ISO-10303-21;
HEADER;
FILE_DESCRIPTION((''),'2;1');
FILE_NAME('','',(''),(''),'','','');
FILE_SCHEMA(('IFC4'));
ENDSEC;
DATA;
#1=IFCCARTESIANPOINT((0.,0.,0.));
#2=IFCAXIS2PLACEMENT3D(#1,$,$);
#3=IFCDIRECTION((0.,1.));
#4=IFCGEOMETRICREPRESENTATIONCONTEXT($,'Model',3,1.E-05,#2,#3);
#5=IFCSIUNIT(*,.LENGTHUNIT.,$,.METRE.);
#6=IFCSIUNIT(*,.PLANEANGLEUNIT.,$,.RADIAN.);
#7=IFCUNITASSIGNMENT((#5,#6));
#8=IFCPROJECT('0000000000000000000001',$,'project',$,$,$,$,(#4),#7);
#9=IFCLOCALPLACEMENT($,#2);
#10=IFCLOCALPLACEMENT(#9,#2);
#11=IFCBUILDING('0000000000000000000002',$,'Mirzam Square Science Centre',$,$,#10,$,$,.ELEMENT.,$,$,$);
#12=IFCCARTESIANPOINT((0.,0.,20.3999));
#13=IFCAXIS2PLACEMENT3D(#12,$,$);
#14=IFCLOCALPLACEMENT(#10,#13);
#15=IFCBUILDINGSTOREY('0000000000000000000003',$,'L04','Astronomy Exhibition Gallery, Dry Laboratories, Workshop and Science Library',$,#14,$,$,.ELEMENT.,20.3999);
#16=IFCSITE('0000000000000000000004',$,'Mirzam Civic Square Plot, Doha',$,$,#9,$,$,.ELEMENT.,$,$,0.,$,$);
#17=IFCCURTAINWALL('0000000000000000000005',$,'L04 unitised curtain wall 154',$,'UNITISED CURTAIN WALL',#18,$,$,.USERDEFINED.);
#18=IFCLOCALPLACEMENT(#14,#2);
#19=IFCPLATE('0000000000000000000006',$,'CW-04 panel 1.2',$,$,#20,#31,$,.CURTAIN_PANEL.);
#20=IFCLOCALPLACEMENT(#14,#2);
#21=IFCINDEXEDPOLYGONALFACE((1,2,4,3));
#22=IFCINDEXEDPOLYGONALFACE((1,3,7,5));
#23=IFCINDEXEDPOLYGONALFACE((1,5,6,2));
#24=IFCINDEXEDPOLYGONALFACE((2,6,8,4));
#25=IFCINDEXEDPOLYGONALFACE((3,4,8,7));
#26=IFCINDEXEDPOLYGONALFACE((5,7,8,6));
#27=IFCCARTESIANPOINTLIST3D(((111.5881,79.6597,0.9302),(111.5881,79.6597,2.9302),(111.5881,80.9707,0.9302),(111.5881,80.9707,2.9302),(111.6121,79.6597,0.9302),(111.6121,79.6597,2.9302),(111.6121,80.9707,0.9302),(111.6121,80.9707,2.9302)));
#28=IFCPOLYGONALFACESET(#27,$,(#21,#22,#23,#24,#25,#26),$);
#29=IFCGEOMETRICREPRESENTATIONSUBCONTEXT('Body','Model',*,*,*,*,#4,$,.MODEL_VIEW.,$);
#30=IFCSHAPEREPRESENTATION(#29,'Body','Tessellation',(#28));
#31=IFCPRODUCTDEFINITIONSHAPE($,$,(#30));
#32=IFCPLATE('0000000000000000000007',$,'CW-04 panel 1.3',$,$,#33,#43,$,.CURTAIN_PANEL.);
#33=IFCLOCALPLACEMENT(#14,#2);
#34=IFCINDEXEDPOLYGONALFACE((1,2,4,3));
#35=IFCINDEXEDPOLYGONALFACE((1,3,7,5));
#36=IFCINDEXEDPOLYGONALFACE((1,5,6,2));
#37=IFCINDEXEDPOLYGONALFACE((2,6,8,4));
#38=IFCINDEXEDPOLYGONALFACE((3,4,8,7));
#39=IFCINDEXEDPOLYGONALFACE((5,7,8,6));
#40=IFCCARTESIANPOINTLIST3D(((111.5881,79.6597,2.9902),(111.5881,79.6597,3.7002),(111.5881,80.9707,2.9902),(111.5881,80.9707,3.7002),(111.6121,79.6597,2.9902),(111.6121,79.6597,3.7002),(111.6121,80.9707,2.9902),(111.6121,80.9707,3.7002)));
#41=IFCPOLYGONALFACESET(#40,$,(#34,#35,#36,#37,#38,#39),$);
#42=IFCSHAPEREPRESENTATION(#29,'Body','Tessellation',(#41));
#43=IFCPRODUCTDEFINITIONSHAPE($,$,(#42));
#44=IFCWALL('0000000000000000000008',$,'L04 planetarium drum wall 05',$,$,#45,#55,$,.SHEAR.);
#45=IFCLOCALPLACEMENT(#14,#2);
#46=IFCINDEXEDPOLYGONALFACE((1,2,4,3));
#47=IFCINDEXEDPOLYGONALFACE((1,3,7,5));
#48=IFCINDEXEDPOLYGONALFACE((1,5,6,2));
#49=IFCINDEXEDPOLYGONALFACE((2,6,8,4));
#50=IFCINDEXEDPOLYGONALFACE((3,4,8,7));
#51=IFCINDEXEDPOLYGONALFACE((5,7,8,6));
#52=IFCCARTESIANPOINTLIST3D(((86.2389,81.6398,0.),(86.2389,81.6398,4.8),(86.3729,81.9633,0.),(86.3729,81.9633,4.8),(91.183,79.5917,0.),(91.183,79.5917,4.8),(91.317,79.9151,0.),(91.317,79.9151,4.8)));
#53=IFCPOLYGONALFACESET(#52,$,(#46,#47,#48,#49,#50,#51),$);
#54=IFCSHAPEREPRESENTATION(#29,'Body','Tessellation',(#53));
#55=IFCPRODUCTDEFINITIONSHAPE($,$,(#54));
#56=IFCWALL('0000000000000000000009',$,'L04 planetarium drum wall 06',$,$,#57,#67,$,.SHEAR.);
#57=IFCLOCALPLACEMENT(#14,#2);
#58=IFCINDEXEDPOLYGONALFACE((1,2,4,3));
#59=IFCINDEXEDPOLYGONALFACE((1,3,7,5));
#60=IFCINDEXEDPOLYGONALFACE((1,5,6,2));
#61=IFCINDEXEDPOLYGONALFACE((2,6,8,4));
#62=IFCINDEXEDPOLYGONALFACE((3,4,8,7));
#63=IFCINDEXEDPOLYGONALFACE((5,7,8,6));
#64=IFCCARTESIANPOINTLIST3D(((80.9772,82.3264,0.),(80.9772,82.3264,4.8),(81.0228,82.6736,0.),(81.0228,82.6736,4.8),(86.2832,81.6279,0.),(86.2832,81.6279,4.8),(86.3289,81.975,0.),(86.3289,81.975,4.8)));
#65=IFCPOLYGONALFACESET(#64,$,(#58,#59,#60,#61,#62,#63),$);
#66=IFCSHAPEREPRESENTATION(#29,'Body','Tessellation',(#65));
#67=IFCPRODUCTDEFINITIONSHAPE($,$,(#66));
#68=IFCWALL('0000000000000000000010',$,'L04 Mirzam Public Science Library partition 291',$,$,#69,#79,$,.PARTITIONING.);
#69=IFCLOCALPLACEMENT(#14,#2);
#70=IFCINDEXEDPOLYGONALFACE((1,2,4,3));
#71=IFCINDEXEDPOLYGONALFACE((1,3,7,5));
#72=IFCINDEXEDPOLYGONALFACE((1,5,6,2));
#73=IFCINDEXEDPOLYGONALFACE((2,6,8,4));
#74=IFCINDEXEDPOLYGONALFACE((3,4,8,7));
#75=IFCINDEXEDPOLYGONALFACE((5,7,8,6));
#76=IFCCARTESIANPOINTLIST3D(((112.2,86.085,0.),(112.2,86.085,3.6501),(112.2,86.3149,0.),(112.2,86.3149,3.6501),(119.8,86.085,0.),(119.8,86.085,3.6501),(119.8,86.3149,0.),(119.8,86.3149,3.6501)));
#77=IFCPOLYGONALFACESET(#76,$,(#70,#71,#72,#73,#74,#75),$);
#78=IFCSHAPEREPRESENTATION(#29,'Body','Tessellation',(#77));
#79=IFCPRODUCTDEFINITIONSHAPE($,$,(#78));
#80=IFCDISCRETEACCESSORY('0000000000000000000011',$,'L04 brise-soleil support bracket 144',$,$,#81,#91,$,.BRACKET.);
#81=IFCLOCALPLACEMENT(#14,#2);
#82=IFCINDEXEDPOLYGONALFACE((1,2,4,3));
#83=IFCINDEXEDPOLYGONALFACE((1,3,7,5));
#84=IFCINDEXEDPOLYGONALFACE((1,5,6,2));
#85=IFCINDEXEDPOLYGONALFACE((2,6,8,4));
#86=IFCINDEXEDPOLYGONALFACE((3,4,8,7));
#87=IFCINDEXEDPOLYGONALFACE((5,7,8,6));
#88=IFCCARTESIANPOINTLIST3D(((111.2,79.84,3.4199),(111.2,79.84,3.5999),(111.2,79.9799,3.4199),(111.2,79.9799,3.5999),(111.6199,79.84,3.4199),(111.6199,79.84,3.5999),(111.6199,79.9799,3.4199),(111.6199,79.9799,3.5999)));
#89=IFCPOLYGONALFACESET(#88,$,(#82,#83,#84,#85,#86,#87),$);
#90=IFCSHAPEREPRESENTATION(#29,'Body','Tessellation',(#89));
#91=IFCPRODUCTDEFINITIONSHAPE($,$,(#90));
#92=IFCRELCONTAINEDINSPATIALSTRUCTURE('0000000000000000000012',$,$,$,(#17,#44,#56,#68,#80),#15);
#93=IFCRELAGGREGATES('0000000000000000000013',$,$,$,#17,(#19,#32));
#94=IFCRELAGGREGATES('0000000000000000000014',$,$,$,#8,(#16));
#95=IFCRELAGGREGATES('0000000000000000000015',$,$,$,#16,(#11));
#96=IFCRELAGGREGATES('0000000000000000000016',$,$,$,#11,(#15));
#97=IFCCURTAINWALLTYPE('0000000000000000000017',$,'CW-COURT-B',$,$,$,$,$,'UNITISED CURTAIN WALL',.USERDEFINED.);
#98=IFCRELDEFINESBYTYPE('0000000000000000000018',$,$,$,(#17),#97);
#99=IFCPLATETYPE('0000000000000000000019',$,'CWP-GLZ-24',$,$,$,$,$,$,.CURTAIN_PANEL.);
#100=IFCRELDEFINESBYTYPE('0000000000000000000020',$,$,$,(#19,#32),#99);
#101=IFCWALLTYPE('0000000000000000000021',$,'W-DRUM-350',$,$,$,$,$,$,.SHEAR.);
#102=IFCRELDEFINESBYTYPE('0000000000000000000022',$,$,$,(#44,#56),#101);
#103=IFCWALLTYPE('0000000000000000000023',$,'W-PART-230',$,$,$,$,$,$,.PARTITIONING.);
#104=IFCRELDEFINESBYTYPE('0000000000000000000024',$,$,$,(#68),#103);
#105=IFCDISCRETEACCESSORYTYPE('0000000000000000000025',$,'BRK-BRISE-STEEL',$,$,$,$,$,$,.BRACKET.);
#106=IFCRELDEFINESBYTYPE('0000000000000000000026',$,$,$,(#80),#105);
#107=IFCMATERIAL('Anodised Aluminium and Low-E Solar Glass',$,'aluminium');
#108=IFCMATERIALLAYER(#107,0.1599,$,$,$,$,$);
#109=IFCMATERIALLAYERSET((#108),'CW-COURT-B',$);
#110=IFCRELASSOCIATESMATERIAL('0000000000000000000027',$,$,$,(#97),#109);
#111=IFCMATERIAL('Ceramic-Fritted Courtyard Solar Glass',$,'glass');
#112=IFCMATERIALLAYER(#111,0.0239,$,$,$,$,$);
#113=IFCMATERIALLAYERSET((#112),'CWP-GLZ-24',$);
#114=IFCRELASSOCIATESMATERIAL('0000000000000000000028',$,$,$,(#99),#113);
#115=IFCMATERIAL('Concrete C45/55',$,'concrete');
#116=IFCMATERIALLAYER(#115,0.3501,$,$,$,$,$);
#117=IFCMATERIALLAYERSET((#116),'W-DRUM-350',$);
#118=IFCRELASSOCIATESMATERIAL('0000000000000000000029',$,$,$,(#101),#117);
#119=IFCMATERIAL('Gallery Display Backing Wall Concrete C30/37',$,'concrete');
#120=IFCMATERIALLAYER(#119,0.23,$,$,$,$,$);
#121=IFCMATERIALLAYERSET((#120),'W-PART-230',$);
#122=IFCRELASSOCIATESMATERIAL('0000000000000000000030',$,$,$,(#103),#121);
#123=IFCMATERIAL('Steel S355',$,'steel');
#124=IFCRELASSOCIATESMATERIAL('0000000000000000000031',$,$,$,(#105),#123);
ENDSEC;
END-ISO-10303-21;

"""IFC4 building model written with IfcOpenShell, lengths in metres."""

from ifc_helpers import new_model, si_unit, direction, frame, frame_2d, origin, origin_2d, place, context, subcontext, project, spatial, rectangle, extrude, material, layer, layer_set, type_object, element, aggregate, save


model = new_model("IFC4")

# Units and contexts
model_context = context("Model", 3, precision=1e-05, world=origin(), true_north=direction((0.0, 1.0)))
body_context = subcontext(model_context, "Body", "Model", "MODEL_VIEW")
ifc_project = project(units=[si_unit("LENGTHUNIT", "METRE"), si_unit("PLANEANGLEUNIT", "RADIAN")], contexts=[model_context])

# Site, building, storey
site_placement = place(None, origin())
site = spatial("IfcSite", under=ifc_project, at=site_placement, Name="Mirzam Civic Square Plot, Doha", CompositionType="ELEMENT", RefElevation=0.0)
building_placement = place(site_placement, origin())
building = spatial("IfcBuilding", under=site, at=building_placement, Name="Mirzam Square Science Centre", CompositionType="ELEMENT")
storey_placement = place(building_placement, frame((0.0, 0.0, 20.3999)))
storey = spatial("IfcBuildingStorey", under=building, at=storey_placement, Name="L04", Description="Astronomy Exhibition Gallery, Dry Laboratories, Workshop and Science Library", CompositionType="ELEMENT", Elevation=20.3999)

# Shared definitions
ifc_material_1 = material(Name="Steel S355", Category="steel")
ifc_material_2 = material(Name="Concrete C45/55", Category="concrete")

# Curtain wall
ifc_material_3 = material(Name="Anodised Aluminium and Low-E Solar Glass", Category="aluminium")
ifc_layer_1 = layer(ifc_material_3, 0.1599)
ifc_layer_set_1 = layer_set([ifc_layer_1], Name="CW-COURT-B")
curtain_wall_type = type_object("IfcCurtainWallType", Name="CW-COURT-B", ElementType="UNITISED CURTAIN WALL", PredefinedType="USERDEFINED", material=ifc_layer_set_1)
curtain_wall_placement = place(storey_placement, origin())
curtain_wall = element("IfcCurtainWall", 1, at=curtain_wall_placement, inside=storey, type_object=curtain_wall_type, Name="L04 unitised curtain wall 154", ObjectType="UNITISED CURTAIN WALL", PredefinedType="USERDEFINED")

# Plates
ifc_material_4 = material(Name="Ceramic-Fritted Courtyard Solar Glass", Category="glass")
ifc_layer_2 = layer(ifc_material_4, 0.0239)
ifc_layer_set_2 = layer_set([ifc_layer_2], Name="CWP-GLZ-24")
plate_type = type_object("IfcPlateType", Name="CWP-GLZ-24", PredefinedType="CURTAIN_PANEL", material=ifc_layer_set_2)
plate_1_placement = place(storey_placement, frame((111.6001, 80.3152, 0.9302), z_axis=(0.0, 0.0, 1.0), x_axis=(0.0, -1.0, 0.0)))
plate_1 = element("IfcPlate", 2, at=plate_1_placement, type_object=plate_type, Name="CW-04 panel 1.2", PredefinedType="CURTAIN_PANEL", context=body_context, shape_type="SweptSolid", body=[
    extrude(rectangle(XDim=1.311, YDim=0.0239, at=origin_2d()), origin(), (0.0, 0.0, 1.0), 2.0),
])
plate_2_placement = place(storey_placement, frame((111.6001, 80.3152, 2.9902), z_axis=(0.0, 0.0, 1.0), x_axis=(0.0, -1.0, 0.0)))
plate_2 = element("IfcPlate", 3, at=plate_2_placement, type_object=plate_type, Name="CW-04 panel 1.3", PredefinedType="CURTAIN_PANEL", context=body_context, shape_type="SweptSolid", body=[
    extrude(rectangle(XDim=1.311, YDim=0.0239, at=origin_2d()), origin(), (0.0, 0.0, 1.0), 0.71),
])
aggregate(curtain_wall, [plate_1, plate_2])

# Walls
ifc_layer_3 = layer(ifc_material_2, 0.3501)
ifc_layer_set_3 = layer_set([ifc_layer_3], Name="W-DRUM-350")
wall_type_1 = type_object("IfcWallType", Name="W-DRUM-350", PredefinedType="SHEAR", material=ifc_layer_set_3)
wall_1_placement = place(storey_placement, frame((91.25, 79.7534, 0.0), z_axis=(0.0, 0.0, 1.0), x_axis=(-0.923867, 0.382713, 0.0)))
element("IfcWall", 4, at=wall_1_placement, inside=storey, type_object=wall_type_1, Name="L04 planetarium drum wall 05", PredefinedType="SHEAR", context=body_context, shape_type="SweptSolid", body=[
    extrude(rectangle(XDim=5.3516, YDim=0.3501, at=frame_2d((2.6758, 0.0))), origin(), (0.0, 0.0, 1.0), 4.8),
])
wall_2_placement = place(storey_placement, frame((86.3059, 81.8015, 0.0), z_axis=(0.0, 0.0, 1.0), x_axis=(-0.991446, 0.130517, 0.0)))
element("IfcWall", 5, at=wall_2_placement, inside=storey, type_object=wall_type_1, Name="L04 planetarium drum wall 06", PredefinedType="SHEAR", context=body_context, shape_type="SweptSolid", body=[
    extrude(rectangle(XDim=5.3518, YDim=0.3501, at=frame_2d((2.6758, 0.0))), origin(), (0.0, 0.0, 1.0), 4.8),
])
ifc_material_5 = material(Name="Gallery Display Backing Wall Concrete C30/37", Category="concrete")
ifc_layer_4 = layer(ifc_material_5, 0.23)
ifc_layer_set_4 = layer_set([ifc_layer_4], Name="W-PART-230")
wall_type_2 = type_object("IfcWallType", Name="W-PART-230", PredefinedType="PARTITIONING", material=ifc_layer_set_4)
wall_3_placement = place(storey_placement, frame((112.2, 86.2, 0.0), z_axis=(0.0, 0.0, 1.0), x_axis=(1.0, 0.0, 0.0)))
element("IfcWall", 6, at=wall_3_placement, inside=storey, type_object=wall_type_2, Name="L04 Mirzam Public Science Library partition 291", PredefinedType="PARTITIONING", context=body_context, shape_type="SweptSolid", body=[
    extrude(rectangle(XDim=7.6001, YDim=0.23, at=frame_2d((3.8, 0.0))), origin(), (0.0, 0.0, 1.0), 3.6501),
])

# Discrete accessory
discrete_accessory_type = type_object("IfcDiscreteAccessoryType", Name="BRK-BRISE-STEEL", PredefinedType="BRACKET", material=ifc_material_1)
discrete_accessory_placement = place(storey_placement, frame((111.4099, 79.9099, 3.4199), z_axis=(0.0, 0.0, 1.0), x_axis=(0.0, -1.0, 0.0)))
element("IfcDiscreteAccessory", 7, at=discrete_accessory_placement, inside=storey, type_object=discrete_accessory_type, Name="L04 brise-soleil support bracket 144", PredefinedType="BRACKET", context=body_context, shape_type="SweptSolid", body=[
    extrude(rectangle(XDim=0.1399, YDim=0.4199, at=origin_2d()), origin(), (0.0, 0.0, 1.0), 0.1799),
])

save(model, "model.ifc")
